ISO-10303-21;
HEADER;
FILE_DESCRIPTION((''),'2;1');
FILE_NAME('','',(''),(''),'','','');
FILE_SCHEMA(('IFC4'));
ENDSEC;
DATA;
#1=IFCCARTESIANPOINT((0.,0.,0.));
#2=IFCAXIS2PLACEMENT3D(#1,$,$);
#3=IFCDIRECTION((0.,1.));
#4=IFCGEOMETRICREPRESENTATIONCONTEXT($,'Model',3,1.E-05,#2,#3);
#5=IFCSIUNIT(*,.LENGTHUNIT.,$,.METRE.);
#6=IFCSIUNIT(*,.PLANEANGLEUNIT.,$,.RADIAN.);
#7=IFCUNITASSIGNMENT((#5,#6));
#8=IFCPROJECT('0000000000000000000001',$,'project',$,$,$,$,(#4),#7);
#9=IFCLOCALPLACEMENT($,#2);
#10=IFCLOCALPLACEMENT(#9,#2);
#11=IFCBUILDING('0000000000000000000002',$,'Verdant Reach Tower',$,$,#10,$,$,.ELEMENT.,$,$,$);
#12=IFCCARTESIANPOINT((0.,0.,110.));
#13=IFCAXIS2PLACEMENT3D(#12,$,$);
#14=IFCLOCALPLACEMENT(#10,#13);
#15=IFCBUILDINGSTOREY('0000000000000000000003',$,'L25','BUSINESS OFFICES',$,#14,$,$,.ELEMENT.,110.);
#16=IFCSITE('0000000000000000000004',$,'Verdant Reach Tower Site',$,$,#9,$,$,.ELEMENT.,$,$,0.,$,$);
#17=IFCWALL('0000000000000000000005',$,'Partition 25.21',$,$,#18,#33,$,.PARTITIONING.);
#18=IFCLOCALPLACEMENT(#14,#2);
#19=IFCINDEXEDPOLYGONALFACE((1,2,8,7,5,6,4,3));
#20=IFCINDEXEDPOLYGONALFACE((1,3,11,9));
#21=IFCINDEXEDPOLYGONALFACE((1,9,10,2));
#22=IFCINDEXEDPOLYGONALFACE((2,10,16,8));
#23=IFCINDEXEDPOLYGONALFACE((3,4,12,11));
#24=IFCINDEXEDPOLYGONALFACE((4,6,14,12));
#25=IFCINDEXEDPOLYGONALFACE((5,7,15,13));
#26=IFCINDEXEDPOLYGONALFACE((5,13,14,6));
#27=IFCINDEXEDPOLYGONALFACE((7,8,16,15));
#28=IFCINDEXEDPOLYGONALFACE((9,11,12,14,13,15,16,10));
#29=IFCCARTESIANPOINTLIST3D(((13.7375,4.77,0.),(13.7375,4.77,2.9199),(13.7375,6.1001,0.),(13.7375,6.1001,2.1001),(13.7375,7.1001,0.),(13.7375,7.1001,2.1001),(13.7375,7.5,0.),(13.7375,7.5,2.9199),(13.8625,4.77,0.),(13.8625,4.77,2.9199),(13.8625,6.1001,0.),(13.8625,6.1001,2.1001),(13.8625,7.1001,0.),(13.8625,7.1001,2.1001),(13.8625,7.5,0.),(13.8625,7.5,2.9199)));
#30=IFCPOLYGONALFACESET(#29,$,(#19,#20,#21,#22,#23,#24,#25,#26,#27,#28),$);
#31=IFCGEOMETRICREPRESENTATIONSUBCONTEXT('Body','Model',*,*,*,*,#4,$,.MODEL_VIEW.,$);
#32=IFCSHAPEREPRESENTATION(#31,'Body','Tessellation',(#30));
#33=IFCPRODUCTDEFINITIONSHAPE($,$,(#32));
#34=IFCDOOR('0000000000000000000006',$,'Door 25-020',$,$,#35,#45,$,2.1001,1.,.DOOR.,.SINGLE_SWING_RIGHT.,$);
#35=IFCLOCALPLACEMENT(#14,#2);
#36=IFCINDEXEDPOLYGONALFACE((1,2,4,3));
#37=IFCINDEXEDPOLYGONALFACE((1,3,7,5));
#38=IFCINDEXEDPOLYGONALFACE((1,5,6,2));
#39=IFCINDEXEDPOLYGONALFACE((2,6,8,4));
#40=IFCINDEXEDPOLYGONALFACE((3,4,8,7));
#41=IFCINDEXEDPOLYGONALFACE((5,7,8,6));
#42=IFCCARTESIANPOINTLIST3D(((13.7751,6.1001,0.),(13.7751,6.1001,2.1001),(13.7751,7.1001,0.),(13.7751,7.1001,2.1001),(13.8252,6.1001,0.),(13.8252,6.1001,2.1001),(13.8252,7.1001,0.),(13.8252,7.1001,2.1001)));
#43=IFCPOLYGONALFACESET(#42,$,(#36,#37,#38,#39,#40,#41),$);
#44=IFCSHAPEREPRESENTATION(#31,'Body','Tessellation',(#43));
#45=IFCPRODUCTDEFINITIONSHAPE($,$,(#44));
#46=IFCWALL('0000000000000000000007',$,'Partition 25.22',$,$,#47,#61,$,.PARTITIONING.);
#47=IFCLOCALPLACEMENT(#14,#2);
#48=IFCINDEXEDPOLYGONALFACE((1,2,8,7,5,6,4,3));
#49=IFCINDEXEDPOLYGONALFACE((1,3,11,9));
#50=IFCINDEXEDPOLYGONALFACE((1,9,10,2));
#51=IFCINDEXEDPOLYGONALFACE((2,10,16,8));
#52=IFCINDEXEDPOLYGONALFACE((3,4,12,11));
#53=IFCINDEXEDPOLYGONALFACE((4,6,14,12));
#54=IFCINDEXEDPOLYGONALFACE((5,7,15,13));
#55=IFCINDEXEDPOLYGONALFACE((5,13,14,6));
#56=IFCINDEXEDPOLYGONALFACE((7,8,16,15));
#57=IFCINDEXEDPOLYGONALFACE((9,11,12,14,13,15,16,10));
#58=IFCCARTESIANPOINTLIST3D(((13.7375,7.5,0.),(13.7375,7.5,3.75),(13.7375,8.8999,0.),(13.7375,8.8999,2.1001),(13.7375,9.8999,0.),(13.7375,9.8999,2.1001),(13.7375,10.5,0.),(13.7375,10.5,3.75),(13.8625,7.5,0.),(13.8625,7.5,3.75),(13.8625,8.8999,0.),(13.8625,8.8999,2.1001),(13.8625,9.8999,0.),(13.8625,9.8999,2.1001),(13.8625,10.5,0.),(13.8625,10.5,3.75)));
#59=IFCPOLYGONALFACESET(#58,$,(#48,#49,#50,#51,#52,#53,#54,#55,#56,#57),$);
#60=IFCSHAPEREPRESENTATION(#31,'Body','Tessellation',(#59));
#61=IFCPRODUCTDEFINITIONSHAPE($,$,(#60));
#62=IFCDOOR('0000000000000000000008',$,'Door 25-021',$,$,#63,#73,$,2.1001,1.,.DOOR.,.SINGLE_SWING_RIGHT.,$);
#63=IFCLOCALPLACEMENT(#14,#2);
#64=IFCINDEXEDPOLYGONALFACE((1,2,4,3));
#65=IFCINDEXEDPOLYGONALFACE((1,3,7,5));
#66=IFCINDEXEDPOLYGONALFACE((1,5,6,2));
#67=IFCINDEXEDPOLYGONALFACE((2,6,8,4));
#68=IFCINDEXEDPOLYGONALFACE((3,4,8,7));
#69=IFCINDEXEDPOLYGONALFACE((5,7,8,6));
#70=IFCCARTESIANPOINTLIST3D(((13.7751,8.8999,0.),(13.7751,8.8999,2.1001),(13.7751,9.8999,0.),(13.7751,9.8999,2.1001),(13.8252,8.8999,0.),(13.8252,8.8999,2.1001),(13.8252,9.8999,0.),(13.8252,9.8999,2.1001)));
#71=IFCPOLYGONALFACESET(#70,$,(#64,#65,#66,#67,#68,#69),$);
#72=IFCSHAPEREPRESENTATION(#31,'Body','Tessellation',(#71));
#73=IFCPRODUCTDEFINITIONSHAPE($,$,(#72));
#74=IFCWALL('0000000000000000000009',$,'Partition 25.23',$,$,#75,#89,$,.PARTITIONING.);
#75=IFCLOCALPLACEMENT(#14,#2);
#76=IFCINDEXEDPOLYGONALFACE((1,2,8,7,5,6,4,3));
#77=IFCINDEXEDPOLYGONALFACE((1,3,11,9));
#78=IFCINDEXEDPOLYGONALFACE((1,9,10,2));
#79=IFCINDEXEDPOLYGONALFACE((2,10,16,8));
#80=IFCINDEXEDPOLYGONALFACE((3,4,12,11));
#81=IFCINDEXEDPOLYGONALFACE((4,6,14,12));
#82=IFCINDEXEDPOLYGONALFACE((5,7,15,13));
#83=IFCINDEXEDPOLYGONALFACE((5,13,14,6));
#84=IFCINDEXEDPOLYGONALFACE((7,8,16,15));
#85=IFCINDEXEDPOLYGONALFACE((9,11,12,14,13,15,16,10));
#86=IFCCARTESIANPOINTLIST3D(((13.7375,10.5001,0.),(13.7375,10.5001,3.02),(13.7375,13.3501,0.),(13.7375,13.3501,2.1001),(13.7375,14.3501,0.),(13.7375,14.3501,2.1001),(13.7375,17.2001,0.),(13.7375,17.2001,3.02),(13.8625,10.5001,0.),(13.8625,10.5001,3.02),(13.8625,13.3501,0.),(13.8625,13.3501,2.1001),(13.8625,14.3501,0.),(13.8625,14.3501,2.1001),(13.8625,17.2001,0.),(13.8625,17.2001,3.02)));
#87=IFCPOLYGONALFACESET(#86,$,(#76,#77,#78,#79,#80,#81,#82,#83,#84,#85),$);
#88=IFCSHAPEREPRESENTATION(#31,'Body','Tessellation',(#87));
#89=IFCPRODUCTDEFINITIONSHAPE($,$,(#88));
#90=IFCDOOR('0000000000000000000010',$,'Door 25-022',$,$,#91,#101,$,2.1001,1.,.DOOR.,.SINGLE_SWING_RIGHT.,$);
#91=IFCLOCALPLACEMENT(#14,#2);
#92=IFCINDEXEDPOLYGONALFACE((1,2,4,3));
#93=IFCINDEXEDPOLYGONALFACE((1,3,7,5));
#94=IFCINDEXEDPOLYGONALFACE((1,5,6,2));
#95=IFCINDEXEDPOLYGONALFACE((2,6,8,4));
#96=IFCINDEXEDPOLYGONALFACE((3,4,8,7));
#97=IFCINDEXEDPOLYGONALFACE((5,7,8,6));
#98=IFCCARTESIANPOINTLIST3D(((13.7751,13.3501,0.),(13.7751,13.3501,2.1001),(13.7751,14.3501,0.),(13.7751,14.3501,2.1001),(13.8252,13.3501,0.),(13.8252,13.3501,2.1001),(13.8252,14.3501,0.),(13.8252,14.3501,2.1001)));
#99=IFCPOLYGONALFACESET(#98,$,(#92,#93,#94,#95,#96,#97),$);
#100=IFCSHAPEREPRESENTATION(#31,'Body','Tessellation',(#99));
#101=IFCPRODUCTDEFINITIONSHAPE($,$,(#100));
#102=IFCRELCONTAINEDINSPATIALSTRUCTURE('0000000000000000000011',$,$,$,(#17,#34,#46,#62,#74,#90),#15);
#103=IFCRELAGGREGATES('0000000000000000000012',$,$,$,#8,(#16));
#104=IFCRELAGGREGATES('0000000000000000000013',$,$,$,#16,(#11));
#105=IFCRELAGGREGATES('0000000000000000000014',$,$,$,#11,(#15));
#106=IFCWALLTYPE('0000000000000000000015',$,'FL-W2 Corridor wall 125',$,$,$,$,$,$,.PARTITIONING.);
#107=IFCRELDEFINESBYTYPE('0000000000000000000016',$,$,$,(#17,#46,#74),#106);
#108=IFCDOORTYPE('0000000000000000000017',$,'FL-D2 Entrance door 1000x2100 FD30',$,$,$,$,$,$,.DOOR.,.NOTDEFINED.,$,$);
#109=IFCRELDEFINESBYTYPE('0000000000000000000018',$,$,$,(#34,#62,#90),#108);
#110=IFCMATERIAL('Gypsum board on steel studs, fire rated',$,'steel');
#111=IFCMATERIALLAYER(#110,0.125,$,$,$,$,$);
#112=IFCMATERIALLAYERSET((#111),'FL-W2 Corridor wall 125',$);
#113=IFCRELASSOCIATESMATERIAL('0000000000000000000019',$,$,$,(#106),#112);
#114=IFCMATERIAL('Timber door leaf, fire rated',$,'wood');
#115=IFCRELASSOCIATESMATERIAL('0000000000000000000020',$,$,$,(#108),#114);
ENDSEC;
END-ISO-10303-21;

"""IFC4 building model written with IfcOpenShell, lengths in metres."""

from ifc_helpers import new_model, si_unit, direction, frame, frame_2d, origin, place, context, subcontext, project, spatial, rectangle, extrude, material, layer, layer_set, type_object, element, fill, save


model = new_model("IFC4")

# Units and contexts
model_context = context("Model", 3, precision=1e-05, world=origin(), true_north=direction((0.0, 1.0)))
body_context = subcontext(model_context, "Body", "Model", "MODEL_VIEW")
ifc_project = project(units=[si_unit("LENGTHUNIT", "METRE"), si_unit("PLANEANGLEUNIT", "RADIAN")], contexts=[model_context])

# Site, building, storey
site_placement = place(None, origin())
site = spatial("IfcSite", under=ifc_project, at=site_placement, Name="Verdant Reach Tower Site", CompositionType="ELEMENT", RefElevation=0.0)
building_placement = place(site_placement, origin())
building = spatial("IfcBuilding", under=site, at=building_placement, Name="Verdant Reach Tower", CompositionType="ELEMENT")
storey_placement = place(building_placement, frame((0.0, 0.0, 110.0)))
storey = spatial("IfcBuildingStorey", under=building, at=storey_placement, Name="L25", Description="BUSINESS OFFICES", CompositionType="ELEMENT", Elevation=110.0)

# Walls, openings, doors
ifc_material_1 = material(Name="Gypsum board on steel studs, fire rated", Category="steel")
ifc_layer_1 = layer(ifc_material_1, 0.125)
ifc_layer_set_1 = layer_set([ifc_layer_1], Name="FL-W2 Corridor wall 125")
wall_type_1 = type_object("IfcWallType", Name="FL-W2 Corridor wall 125", PredefinedType="PARTITIONING", material=ifc_layer_set_1)
wall_1_placement = place(storey_placement, frame((13.8, 4.77, 0.0), z_axis=(0.0, 0.0, 1.0), x_axis=(0.0, 1.0, 0.0)))
wall_1 = element("IfcWall", 1, at=wall_1_placement, inside=storey, type_object=wall_type_1, Name="Partition 25.21", PredefinedType="PARTITIONING", context=body_context, shape_type="SweptSolid", body=[
    extrude(rectangle(XDim=2.73, YDim=0.125, at=frame_2d((1.365, 0.0))), origin(), (0.0, 0.0, 1.0), 2.9199),
])
opening_1_placement = place(wall_1_placement, frame((1.3301, 0.0, 0.0)))
opening_1 = element("IfcOpeningElement", 2, at=opening_1_placement, cuts=wall_1, PredefinedType="OPENING", context=body_context, shape_type="SweptSolid", body=[
    extrude(rectangle(XDim=1.0, YDim=2.1001, at=frame_2d((0.5, 1.05))), frame((0.0, 0.0725, 0.0), z_axis=(0.0, -1.0, 0.0), x_axis=(1.0, 0.0, 0.0)), (0.0, 0.0, 1.0), 0.145),
])
ifc_material_2 = material(Name="Timber door leaf, fire rated", Category="wood")
door_type = type_object("IfcDoorType", Name="FL-D2 Entrance door 1000x2100 FD30", OperationType="NOTDEFINED", PredefinedType="DOOR", material=ifc_material_2)
door_1_placement = place(opening_1_placement, origin())
door_1 = element("IfcDoor", 3, at=door_1_placement, inside=storey, type_object=door_type, Name="Door 25-020", OperationType="SINGLE_SWING_RIGHT", OverallHeight=2.1001, OverallWidth=1.0, PredefinedType="DOOR", context=body_context, shape_type="SweptSolid", body=[
    extrude(rectangle(XDim=1.0, YDim=2.1001, at=frame_2d((0.5, 1.05))), frame((0.0, 0.0249, 0.0), z_axis=(0.0, -1.0, 0.0), x_axis=(1.0, 0.0, 0.0)), (0.0, 0.0, 1.0), 0.05),
])
fill(opening_1, door_1)
wall_2_placement = place(storey_placement, frame((13.8, 7.5, 0.0), z_axis=(0.0, 0.0, 1.0), x_axis=(0.0, 1.0, 0.0)))
wall_2 = element("IfcWall", 4, at=wall_2_placement, inside=storey, type_object=wall_type_1, Name="Partition 25.22", PredefinedType="PARTITIONING", context=body_context, shape_type="SweptSolid", body=[
    extrude(rectangle(XDim=3.0, YDim=0.125, at=frame_2d((1.5, 0.0))), origin(), (0.0, 0.0, 1.0), 3.75),
])
opening_2_placement = place(wall_2_placement, frame((1.3999, 0.0, 0.0)))
opening_2 = element("IfcOpeningElement", 5, at=opening_2_placement, cuts=wall_2, PredefinedType="OPENING", context=body_context, shape_type="SweptSolid", body=[
    extrude(rectangle(XDim=1.0, YDim=2.1001, at=frame_2d((0.5, 1.05))), frame((0.0, 0.0725, 0.0), z_axis=(0.0, -1.0, 0.0), x_axis=(1.0, 0.0, 0.0)), (0.0, 0.0, 1.0), 0.145),
])
door_2_placement = place(opening_2_placement, origin())
door_2 = element("IfcDoor", 6, at=door_2_placement, inside=storey, type_object=door_type, Name="Door 25-021", OperationType="SINGLE_SWING_RIGHT", OverallHeight=2.1001, OverallWidth=1.0, PredefinedType="DOOR", context=body_context, shape_type="SweptSolid", body=[
    extrude(rectangle(XDim=1.0, YDim=2.1001, at=frame_2d((0.5, 1.05))), frame((0.0, 0.0249, 0.0), z_axis=(0.0, -1.0, 0.0), x_axis=(1.0, 0.0, 0.0)), (0.0, 0.0, 1.0), 0.05),
])
fill(opening_2, door_2)
wall_3_placement = place(storey_placement, frame((13.8, 10.5, 0.0), z_axis=(0.0, 0.0, 1.0), x_axis=(0.0, 1.0, 0.0)))
wall_3 = element("IfcWall", 7, at=wall_3_placement, inside=storey, type_object=wall_type_1, Name="Partition 25.23", PredefinedType="PARTITIONING", context=body_context, shape_type="SweptSolid", body=[
    extrude(rectangle(XDim=6.7, YDim=0.125, at=frame_2d((3.3501, 0.0))), origin(), (0.0, 0.0, 1.0), 3.02),
])
opening_3_placement = place(wall_3_placement, frame((2.8501, 0.0, 0.0)))
opening_3 = element("IfcOpeningElement", 8, at=opening_3_placement, cuts=wall_3, PredefinedType="OPENING", context=body_context, shape_type="SweptSolid", body=[
    extrude(rectangle(XDim=1.0, YDim=2.1001, at=frame_2d((0.5, 1.05))), frame((0.0, 0.0725, 0.0), z_axis=(0.0, -1.0, 0.0), x_axis=(1.0, 0.0, 0.0)), (0.0, 0.0, 1.0), 0.145),
])
door_3_placement = place(opening_3_placement, origin())
door_3 = element("IfcDoor", 9, at=door_3_placement, inside=storey, type_object=door_type, Name="Door 25-022", OperationType="SINGLE_SWING_RIGHT", OverallHeight=2.1001, OverallWidth=1.0, PredefinedType="DOOR", context=body_context, shape_type="SweptSolid", body=[
    extrude(rectangle(XDim=1.0, YDim=2.1001, at=frame_2d((0.5, 1.05))), frame((0.0, 0.0249, 0.0), z_axis=(0.0, -1.0, 0.0), x_axis=(1.0, 0.0, 0.0)), (0.0, 0.0, 1.0), 0.05),
])
fill(opening_3, door_3)

save(model, "model.ifc")
